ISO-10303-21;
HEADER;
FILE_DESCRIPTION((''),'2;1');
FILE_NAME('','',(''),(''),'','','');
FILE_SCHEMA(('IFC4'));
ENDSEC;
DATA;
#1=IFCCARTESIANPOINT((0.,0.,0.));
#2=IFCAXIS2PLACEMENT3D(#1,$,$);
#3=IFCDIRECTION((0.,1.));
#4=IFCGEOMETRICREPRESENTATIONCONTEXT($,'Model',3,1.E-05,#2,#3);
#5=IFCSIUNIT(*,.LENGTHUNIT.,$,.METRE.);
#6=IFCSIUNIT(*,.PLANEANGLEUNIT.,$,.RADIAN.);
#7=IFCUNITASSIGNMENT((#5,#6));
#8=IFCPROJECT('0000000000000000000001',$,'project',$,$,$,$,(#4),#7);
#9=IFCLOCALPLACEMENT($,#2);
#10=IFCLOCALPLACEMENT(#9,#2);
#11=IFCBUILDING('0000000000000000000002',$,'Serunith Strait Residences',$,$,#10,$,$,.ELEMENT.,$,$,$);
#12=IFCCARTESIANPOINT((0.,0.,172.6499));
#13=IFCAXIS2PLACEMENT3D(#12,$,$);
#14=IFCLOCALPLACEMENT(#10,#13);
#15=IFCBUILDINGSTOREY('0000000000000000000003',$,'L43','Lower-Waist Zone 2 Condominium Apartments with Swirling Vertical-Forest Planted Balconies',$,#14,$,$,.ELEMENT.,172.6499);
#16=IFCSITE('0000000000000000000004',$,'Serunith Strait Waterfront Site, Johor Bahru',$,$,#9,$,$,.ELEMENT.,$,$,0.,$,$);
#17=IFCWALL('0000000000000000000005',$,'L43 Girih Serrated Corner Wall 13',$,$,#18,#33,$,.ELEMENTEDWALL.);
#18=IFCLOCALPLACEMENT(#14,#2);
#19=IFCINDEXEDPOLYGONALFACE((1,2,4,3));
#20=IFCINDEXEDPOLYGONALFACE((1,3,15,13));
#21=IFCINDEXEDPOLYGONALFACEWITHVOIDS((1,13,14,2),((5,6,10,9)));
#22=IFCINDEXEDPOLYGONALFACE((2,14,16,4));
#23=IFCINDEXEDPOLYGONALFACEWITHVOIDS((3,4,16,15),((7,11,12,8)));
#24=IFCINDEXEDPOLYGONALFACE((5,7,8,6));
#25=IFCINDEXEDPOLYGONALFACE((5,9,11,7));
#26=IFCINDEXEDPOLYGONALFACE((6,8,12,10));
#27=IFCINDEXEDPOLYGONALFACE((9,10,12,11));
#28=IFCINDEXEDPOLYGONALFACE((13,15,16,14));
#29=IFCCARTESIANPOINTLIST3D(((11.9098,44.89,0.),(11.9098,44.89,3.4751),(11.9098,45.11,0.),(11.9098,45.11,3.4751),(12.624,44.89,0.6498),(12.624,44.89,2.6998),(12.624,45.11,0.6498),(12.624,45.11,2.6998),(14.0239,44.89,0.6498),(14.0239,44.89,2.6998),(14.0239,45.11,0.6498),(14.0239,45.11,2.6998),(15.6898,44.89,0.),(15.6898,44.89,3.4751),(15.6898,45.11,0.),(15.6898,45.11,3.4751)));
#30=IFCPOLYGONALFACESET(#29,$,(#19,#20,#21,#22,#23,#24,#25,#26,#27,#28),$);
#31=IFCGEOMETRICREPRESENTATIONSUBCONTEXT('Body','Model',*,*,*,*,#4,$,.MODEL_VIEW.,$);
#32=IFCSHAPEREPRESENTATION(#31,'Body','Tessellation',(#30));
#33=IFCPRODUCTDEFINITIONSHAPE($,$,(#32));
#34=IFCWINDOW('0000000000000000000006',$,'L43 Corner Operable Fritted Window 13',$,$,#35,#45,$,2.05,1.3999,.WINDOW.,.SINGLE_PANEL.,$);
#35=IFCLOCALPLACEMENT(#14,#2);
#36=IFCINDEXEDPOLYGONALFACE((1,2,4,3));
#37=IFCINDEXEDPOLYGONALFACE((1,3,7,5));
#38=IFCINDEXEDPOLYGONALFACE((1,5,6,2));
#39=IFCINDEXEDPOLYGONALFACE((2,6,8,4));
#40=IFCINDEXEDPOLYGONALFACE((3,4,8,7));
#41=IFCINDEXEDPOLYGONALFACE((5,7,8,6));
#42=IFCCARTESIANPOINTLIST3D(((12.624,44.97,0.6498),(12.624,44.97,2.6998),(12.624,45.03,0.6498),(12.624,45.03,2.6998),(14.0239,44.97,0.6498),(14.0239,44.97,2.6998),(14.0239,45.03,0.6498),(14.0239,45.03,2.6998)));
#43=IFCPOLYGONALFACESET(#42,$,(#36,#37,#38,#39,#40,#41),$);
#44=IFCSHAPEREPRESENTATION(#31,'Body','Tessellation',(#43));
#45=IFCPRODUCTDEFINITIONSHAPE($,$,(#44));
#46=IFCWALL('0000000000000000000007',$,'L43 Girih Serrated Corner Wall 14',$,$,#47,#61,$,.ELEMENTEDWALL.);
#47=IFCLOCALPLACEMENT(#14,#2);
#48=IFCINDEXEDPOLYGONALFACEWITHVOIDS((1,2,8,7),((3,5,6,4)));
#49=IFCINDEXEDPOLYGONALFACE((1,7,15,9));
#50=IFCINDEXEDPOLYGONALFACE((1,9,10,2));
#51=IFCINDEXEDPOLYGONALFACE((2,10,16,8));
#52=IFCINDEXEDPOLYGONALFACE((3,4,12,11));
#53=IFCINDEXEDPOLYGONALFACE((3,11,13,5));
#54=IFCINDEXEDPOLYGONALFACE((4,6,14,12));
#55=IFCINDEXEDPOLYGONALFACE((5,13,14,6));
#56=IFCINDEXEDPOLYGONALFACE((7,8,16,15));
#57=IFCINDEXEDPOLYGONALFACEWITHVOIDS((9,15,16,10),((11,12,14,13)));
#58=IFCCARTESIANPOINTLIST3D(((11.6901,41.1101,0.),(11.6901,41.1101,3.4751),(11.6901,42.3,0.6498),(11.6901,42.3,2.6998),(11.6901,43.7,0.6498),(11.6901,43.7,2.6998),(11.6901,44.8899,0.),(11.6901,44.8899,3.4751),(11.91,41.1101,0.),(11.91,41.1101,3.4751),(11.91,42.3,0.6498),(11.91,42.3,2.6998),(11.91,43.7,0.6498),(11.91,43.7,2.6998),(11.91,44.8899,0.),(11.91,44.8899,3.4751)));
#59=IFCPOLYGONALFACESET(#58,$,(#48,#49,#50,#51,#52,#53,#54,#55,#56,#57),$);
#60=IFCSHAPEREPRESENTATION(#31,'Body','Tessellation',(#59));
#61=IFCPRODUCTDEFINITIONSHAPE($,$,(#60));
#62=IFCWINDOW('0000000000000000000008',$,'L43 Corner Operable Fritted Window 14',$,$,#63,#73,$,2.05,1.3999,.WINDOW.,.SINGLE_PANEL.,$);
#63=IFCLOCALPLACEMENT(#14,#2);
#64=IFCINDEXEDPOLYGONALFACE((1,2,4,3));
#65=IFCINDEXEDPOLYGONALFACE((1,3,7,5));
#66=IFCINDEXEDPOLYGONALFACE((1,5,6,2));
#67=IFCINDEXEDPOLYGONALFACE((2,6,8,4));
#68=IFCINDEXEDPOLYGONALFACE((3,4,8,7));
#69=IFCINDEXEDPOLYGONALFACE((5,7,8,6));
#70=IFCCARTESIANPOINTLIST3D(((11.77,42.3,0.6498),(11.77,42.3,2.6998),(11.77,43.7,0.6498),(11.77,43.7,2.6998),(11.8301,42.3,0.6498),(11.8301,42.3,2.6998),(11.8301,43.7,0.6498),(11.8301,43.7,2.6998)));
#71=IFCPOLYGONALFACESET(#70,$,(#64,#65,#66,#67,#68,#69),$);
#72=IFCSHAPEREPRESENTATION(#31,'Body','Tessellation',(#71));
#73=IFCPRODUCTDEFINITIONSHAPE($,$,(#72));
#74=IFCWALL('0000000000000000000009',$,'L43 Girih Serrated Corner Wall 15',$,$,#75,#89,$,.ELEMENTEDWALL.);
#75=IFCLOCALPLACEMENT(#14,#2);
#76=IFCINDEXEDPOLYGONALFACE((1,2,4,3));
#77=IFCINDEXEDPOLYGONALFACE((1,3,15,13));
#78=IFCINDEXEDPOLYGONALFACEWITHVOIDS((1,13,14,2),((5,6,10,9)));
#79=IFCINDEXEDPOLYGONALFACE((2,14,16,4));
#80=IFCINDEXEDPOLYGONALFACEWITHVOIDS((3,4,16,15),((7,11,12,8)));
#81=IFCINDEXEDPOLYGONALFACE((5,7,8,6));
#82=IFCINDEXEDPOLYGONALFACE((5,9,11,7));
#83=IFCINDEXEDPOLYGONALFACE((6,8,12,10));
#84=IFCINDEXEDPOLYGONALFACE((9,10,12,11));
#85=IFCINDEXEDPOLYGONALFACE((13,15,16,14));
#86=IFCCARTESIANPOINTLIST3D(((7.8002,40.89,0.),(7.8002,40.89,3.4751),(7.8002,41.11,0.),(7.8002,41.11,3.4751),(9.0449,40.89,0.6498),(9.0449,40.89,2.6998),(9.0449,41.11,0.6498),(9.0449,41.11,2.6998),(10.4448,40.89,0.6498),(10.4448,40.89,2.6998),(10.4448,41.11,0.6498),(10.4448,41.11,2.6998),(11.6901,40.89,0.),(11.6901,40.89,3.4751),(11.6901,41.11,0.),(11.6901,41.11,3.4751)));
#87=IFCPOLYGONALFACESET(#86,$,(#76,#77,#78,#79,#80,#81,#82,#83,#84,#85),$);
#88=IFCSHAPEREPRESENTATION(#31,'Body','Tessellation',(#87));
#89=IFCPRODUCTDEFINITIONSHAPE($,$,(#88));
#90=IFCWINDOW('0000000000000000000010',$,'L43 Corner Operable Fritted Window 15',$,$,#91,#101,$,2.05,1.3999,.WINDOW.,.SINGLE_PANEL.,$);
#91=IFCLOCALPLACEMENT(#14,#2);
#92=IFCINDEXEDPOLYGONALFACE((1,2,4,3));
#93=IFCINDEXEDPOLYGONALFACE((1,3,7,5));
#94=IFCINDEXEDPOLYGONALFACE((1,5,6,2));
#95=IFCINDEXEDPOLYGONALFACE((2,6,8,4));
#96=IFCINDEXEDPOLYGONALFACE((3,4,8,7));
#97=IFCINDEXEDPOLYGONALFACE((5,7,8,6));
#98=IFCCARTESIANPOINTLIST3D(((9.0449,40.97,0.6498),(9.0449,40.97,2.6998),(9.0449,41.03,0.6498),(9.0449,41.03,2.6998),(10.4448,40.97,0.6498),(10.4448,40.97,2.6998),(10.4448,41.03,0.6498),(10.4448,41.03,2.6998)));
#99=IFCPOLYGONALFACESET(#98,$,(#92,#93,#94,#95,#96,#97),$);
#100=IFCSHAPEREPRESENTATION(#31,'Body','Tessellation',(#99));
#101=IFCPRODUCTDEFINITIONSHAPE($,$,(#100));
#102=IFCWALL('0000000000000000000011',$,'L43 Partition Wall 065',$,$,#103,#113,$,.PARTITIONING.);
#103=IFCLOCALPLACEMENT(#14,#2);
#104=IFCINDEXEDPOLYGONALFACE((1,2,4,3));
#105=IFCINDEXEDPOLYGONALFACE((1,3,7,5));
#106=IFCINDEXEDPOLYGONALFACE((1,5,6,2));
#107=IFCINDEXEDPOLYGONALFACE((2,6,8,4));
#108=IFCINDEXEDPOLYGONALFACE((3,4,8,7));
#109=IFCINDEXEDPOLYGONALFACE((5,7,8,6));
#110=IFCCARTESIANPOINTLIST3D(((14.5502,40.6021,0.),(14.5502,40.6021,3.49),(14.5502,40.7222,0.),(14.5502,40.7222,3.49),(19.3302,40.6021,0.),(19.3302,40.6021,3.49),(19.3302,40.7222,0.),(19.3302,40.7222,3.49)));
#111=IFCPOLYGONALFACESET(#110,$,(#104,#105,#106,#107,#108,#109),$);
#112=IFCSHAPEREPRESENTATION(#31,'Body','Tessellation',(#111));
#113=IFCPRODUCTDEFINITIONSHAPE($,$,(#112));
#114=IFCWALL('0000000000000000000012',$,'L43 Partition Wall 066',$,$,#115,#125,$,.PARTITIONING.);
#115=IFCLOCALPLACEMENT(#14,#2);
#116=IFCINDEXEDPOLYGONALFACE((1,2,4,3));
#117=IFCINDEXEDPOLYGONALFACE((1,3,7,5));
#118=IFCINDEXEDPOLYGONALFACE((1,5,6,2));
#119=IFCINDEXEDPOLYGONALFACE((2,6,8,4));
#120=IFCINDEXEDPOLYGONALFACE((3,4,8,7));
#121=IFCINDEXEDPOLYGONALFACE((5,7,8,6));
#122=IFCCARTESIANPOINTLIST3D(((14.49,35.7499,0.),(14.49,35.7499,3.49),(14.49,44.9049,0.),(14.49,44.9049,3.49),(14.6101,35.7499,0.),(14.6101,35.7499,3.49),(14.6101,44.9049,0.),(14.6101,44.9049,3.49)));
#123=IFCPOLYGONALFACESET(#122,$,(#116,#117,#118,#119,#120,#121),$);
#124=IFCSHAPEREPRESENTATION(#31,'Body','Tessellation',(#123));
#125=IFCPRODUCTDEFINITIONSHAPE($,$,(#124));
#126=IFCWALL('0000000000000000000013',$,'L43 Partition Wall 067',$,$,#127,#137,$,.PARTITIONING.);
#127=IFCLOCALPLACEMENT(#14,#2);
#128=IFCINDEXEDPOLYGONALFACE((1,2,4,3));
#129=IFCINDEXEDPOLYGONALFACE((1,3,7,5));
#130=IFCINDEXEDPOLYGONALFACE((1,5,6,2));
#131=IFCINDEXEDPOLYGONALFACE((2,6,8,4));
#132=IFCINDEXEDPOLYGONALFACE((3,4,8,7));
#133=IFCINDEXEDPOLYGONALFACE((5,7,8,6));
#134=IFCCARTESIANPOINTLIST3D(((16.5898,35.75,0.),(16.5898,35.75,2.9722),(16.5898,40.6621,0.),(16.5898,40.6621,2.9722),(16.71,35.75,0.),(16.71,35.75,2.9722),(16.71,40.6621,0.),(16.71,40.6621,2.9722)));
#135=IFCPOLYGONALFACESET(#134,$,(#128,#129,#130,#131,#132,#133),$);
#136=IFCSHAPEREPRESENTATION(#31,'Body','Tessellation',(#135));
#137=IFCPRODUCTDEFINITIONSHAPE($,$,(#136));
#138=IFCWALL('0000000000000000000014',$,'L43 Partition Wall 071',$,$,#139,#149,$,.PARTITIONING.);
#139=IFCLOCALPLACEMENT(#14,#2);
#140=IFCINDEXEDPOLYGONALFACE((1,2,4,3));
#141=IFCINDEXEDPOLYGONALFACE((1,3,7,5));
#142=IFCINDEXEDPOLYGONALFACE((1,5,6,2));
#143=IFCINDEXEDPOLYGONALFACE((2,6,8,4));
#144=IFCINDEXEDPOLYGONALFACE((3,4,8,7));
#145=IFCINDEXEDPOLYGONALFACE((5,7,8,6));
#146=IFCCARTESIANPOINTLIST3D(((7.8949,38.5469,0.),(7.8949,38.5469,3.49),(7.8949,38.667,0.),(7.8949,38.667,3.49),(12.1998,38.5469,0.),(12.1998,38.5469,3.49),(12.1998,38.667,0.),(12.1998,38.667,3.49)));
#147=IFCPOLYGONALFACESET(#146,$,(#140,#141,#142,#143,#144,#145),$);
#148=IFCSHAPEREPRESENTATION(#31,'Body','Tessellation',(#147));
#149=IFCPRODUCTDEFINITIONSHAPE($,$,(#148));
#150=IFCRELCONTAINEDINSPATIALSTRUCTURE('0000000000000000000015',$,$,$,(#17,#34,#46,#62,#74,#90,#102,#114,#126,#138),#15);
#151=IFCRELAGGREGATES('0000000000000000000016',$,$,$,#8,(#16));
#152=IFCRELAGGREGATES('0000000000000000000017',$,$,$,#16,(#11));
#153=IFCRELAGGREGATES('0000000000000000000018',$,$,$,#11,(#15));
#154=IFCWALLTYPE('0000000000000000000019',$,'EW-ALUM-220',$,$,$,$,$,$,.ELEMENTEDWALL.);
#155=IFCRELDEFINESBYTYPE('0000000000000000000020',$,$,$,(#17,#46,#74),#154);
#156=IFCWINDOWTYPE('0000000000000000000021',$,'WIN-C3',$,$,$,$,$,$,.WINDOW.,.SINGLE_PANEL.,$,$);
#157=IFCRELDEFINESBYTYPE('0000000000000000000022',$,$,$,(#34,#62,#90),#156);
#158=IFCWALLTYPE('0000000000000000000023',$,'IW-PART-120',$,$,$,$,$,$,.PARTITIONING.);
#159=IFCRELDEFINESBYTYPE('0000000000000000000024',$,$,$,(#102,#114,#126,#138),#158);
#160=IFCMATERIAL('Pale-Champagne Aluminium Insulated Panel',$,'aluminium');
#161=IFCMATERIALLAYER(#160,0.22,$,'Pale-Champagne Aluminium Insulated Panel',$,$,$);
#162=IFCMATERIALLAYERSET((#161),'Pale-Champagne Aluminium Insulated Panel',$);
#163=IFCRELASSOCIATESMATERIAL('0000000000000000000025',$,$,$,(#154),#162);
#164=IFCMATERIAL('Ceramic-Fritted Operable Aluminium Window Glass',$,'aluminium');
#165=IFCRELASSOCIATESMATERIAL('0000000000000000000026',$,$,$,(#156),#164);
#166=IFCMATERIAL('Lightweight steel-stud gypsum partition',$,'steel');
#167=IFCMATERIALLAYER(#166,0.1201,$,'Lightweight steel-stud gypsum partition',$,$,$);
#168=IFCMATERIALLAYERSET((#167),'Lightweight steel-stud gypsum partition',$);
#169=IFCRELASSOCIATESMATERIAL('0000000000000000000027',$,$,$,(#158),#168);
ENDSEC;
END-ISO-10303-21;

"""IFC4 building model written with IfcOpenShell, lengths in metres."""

from ifc_helpers import new_model, si_unit, direction, frame, frame_2d, origin, place, context, subcontext, project, spatial, rectangle, extrude, source, transform, mapped, material, layer, layer_set, type_object, element, fill, save


model = new_model("IFC4")

# Units and contexts
model_context = context("Model", 3, precision=1e-05, world=origin(), true_north=direction((0.0, 1.0)))
body_context = subcontext(model_context, "Body", "Model", "MODEL_VIEW")
ifc_project = project(units=[si_unit("LENGTHUNIT", "METRE"), si_unit("PLANEANGLEUNIT", "RADIAN")], contexts=[model_context])

# Site, building, storey
site_placement = place(None, origin())
site = spatial("IfcSite", under=ifc_project, at=site_placement, Name="Serunith Strait Waterfront Site, Johor Bahru", CompositionType="ELEMENT", RefElevation=0.0)
building_placement = place(site_placement, origin())
building = spatial("IfcBuilding", under=site, at=building_placement, Name="Serunith Strait Residences", CompositionType="ELEMENT")
storey_placement = place(building_placement, frame((0.0, 0.0, 172.6499)))
storey = spatial("IfcBuildingStorey", under=building, at=storey_placement, Name="L43", Description="Lower-Waist Zone 2 Condominium Apartments with Swirling Vertical-Forest Planted Balconies", CompositionType="ELEMENT", Elevation=172.6499)

# Walls, openings, windows
ifc_material_1 = material(Name="Pale-Champagne Aluminium Insulated Panel", Category="aluminium")
ifc_layer_1 = layer(ifc_material_1, 0.22, Name="Pale-Champagne Aluminium Insulated Panel")
ifc_layer_set_1 = layer_set([ifc_layer_1], Name="Pale-Champagne Aluminium Insulated Panel")
wall_type_1 = type_object("IfcWallType", Name="EW-ALUM-220", PredefinedType="ELEMENTEDWALL", material=ifc_layer_set_1)
ifc_material_2 = material(Name="Ceramic-Fritted Operable Aluminium Window Glass", Category="aluminium")
window_type = type_object("IfcWindowType", Name="WIN-C3", PartitioningType="SINGLE_PANEL", PredefinedType="WINDOW", material=ifc_material_2)
shared_shape_1 = source(origin(), body_context, "Body", "SweptSolid", [
    extrude(rectangle(XDim=1.3999, YDim=2.05, at=frame_2d((0.7, 1.0249))), frame((0.0, 0.03, 0.0), z_axis=(0.0, -1.0, 0.0), x_axis=(1.0, 0.0, 0.0)), (0.0, 0.0, 1.0), 0.0601),
])
wall_1_placement = place(storey_placement, frame((15.6899, 45.0, 0.0), z_axis=(0.0, 0.0, 1.0), x_axis=(-1.0, 0.0, 0.0)))
wall_1 = element("IfcWall", 1, at=wall_1_placement, inside=storey, type_object=wall_type_1, Name="L43 Girih Serrated Corner Wall 13", PredefinedType="ELEMENTEDWALL", context=body_context, shape_type="SweptSolid", body=[
    extrude(rectangle(XDim=3.78, YDim=0.22, at=frame_2d((1.8901, 0.0))), origin(), (0.0, 0.0, 1.0), 3.4751),
])
opening_1_placement = place(wall_1_placement, frame((1.666, 0.0, 0.6499)))
opening_1 = element("IfcOpeningElement", 2, at=opening_1_placement, cuts=wall_1, PredefinedType="OPENING", context=body_context, shape_type="SweptSolid", body=[
    extrude(rectangle(XDim=1.3999, YDim=2.05, at=frame_2d((0.7, 1.0249))), frame((0.0, 0.1201, 0.0), z_axis=(0.0, -1.0, 0.0), x_axis=(1.0, 0.0, 0.0)), (0.0, 0.0, 1.0), 0.24),
])
window_1_placement = place(opening_1_placement, origin())
window_1 = element("IfcWindow", 3, at=window_1_placement, inside=storey, type_object=window_type, Name="L43 Corner Operable Fritted Window 13", OverallHeight=2.05, OverallWidth=1.3999, PartitioningType="SINGLE_PANEL", PredefinedType="WINDOW", context=body_context, shape_type="MappedRepresentation", body=[
    mapped(shared_shape_1, transform((0.0, 0.0, 0.0), scale=1.0)),
])
fill(opening_1, window_1)
wall_2_placement = place(storey_placement, frame((11.8, 44.8899, 0.0), z_axis=(0.0, 0.0, 1.0), x_axis=(0.0, -1.0, 0.0)))
wall_2 = element("IfcWall", 4, at=wall_2_placement, inside=storey, type_object=wall_type_1, Name="L43 Girih Serrated Corner Wall 14", PredefinedType="ELEMENTEDWALL", context=body_context, shape_type="SweptSolid", body=[
    extrude(rectangle(XDim=3.7798, YDim=0.22, at=frame_2d((1.8899, 0.0))), origin(), (0.0, 0.0, 1.0), 3.4751),
])
opening_2_placement = place(wall_2_placement, frame((1.1899, 0.0, 0.6499)))
opening_2 = element("IfcOpeningElement", 5, at=opening_2_placement, cuts=wall_2, PredefinedType="OPENING", context=body_context, shape_type="SweptSolid", body=[
    extrude(rectangle(XDim=1.3999, YDim=2.05, at=frame_2d((0.7, 1.0249))), frame((0.0, 0.1201, 0.0), z_axis=(0.0, -1.0, 0.0), x_axis=(1.0, 0.0, 0.0)), (0.0, 0.0, 1.0), 0.24),
])
window_2_placement = place(opening_2_placement, origin())
window_2 = element("IfcWindow", 6, at=window_2_placement, inside=storey, type_object=window_type, Name="L43 Corner Operable Fritted Window 14", OverallHeight=2.05, OverallWidth=1.3999, PartitioningType="SINGLE_PANEL", PredefinedType="WINDOW", context=body_context, shape_type="MappedRepresentation", body=[
    mapped(shared_shape_1, transform((0.0, 0.0, 0.0), scale=1.0)),
])
fill(opening_2, window_2)
wall_3_placement = place(storey_placement, frame((11.6899, 41.0, 0.0), z_axis=(0.0, 0.0, 1.0), x_axis=(-1.0, 0.0, 0.0)))
wall_3 = element("IfcWall", 7, at=wall_3_placement, inside=storey, type_object=wall_type_1, Name="L43 Girih Serrated Corner Wall 15", PredefinedType="ELEMENTEDWALL", context=body_context, shape_type="SweptSolid", body=[
    extrude(rectangle(XDim=3.8899, YDim=0.22, at=frame_2d((1.9448, 0.0))), origin(), (0.0, 0.0, 1.0), 3.4751),
])
opening_3_placement = place(wall_3_placement, frame((1.2451, 0.0, 0.6499)))
opening_3 = element("IfcOpeningElement", 8, at=opening_3_placement, cuts=wall_3, PredefinedType="OPENING", context=body_context, shape_type="SweptSolid", body=[
    extrude(rectangle(XDim=1.3999, YDim=2.05, at=frame_2d((0.7, 1.0249))), frame((0.0, 0.1201, 0.0), z_axis=(0.0, -1.0, 0.0), x_axis=(1.0, 0.0, 0.0)), (0.0, 0.0, 1.0), 0.24),
])
window_3_placement = place(opening_3_placement, origin())
window_3 = element("IfcWindow", 9, at=window_3_placement, inside=storey, type_object=window_type, Name="L43 Corner Operable Fritted Window 15", OverallHeight=2.05, OverallWidth=1.3999, PartitioningType="SINGLE_PANEL", PredefinedType="WINDOW", context=body_context, shape_type="MappedRepresentation", body=[
    mapped(shared_shape_1, transform((0.0, 0.0, 0.0), scale=1.0)),
])
fill(opening_3, window_3)

# Walls
ifc_material_3 = material(Name="Lightweight steel-stud gypsum partition", Category="steel")
ifc_layer_2 = layer(ifc_material_3, 0.1201, Name="Lightweight steel-stud gypsum partition")
ifc_layer_set_2 = layer_set([ifc_layer_2], Name="Lightweight steel-stud gypsum partition")
wall_type_2 = type_object("IfcWallType", Name="IW-PART-120", PredefinedType="PARTITIONING", material=ifc_layer_set_2)
wall_4_placement = place(storey_placement, frame((14.55, 40.6621, 0.0), z_axis=(0.0, 0.0, 1.0), x_axis=(1.0, 0.0, 0.0)))
element("IfcWall", 10, at=wall_4_placement, inside=storey, type_object=wall_type_2, Name="L43 Partition Wall 065", PredefinedType="PARTITIONING", context=body_context, shape_type="SweptSolid", body=[
    extrude(rectangle(XDim=4.78, YDim=0.1201, at=frame_2d((2.3901, 0.0))), origin(), (0.0, 0.0, 1.0), 3.49),
])
wall_5_placement = place(storey_placement, frame((14.55, 44.905, 0.0), z_axis=(0.0, 0.0, 1.0), x_axis=(0.0, -1.0, 0.0)))
element("IfcWall", 11, at=wall_5_placement, inside=storey, type_object=wall_type_2, Name="L43 Partition Wall 066", PredefinedType="PARTITIONING", context=body_context, shape_type="SweptSolid", body=[
    extrude(rectangle(XDim=9.155, YDim=0.1201, at=frame_2d((4.5776, 0.0))), origin(), (0.0, 0.0, 1.0), 3.49),
])
wall_6_placement = place(storey_placement, frame((16.6499, 40.6621, 0.0), z_axis=(0.0, 0.0, 1.0), x_axis=(0.0, -1.0, 0.0)))
element("IfcWall", 12, at=wall_6_placement, inside=storey, type_object=wall_type_2, Name="L43 Partition Wall 067", PredefinedType="PARTITIONING", context=body_context, shape_type="SweptSolid", body=[
    extrude(rectangle(XDim=4.9121, YDim=0.1201, at=frame_2d((2.4561, 0.0))), origin(), (0.0, 0.0, 1.0), 2.9722),
])
wall_7_placement = place(storey_placement, frame((7.895, 38.6069, 0.0), z_axis=(0.0, 0.0, 1.0), x_axis=(1.0, 0.0, 0.0)))
element("IfcWall", 13, at=wall_7_placement, inside=storey, type_object=wall_type_2, Name="L43 Partition Wall 071", PredefinedType="PARTITIONING", context=body_context, shape_type="SweptSolid", body=[
    extrude(rectangle(XDim=4.3049, YDim=0.1201, at=frame_2d((2.1523, 0.0))), origin(), (0.0, 0.0, 1.0), 3.49),
])

save(model, "model.ifc")
